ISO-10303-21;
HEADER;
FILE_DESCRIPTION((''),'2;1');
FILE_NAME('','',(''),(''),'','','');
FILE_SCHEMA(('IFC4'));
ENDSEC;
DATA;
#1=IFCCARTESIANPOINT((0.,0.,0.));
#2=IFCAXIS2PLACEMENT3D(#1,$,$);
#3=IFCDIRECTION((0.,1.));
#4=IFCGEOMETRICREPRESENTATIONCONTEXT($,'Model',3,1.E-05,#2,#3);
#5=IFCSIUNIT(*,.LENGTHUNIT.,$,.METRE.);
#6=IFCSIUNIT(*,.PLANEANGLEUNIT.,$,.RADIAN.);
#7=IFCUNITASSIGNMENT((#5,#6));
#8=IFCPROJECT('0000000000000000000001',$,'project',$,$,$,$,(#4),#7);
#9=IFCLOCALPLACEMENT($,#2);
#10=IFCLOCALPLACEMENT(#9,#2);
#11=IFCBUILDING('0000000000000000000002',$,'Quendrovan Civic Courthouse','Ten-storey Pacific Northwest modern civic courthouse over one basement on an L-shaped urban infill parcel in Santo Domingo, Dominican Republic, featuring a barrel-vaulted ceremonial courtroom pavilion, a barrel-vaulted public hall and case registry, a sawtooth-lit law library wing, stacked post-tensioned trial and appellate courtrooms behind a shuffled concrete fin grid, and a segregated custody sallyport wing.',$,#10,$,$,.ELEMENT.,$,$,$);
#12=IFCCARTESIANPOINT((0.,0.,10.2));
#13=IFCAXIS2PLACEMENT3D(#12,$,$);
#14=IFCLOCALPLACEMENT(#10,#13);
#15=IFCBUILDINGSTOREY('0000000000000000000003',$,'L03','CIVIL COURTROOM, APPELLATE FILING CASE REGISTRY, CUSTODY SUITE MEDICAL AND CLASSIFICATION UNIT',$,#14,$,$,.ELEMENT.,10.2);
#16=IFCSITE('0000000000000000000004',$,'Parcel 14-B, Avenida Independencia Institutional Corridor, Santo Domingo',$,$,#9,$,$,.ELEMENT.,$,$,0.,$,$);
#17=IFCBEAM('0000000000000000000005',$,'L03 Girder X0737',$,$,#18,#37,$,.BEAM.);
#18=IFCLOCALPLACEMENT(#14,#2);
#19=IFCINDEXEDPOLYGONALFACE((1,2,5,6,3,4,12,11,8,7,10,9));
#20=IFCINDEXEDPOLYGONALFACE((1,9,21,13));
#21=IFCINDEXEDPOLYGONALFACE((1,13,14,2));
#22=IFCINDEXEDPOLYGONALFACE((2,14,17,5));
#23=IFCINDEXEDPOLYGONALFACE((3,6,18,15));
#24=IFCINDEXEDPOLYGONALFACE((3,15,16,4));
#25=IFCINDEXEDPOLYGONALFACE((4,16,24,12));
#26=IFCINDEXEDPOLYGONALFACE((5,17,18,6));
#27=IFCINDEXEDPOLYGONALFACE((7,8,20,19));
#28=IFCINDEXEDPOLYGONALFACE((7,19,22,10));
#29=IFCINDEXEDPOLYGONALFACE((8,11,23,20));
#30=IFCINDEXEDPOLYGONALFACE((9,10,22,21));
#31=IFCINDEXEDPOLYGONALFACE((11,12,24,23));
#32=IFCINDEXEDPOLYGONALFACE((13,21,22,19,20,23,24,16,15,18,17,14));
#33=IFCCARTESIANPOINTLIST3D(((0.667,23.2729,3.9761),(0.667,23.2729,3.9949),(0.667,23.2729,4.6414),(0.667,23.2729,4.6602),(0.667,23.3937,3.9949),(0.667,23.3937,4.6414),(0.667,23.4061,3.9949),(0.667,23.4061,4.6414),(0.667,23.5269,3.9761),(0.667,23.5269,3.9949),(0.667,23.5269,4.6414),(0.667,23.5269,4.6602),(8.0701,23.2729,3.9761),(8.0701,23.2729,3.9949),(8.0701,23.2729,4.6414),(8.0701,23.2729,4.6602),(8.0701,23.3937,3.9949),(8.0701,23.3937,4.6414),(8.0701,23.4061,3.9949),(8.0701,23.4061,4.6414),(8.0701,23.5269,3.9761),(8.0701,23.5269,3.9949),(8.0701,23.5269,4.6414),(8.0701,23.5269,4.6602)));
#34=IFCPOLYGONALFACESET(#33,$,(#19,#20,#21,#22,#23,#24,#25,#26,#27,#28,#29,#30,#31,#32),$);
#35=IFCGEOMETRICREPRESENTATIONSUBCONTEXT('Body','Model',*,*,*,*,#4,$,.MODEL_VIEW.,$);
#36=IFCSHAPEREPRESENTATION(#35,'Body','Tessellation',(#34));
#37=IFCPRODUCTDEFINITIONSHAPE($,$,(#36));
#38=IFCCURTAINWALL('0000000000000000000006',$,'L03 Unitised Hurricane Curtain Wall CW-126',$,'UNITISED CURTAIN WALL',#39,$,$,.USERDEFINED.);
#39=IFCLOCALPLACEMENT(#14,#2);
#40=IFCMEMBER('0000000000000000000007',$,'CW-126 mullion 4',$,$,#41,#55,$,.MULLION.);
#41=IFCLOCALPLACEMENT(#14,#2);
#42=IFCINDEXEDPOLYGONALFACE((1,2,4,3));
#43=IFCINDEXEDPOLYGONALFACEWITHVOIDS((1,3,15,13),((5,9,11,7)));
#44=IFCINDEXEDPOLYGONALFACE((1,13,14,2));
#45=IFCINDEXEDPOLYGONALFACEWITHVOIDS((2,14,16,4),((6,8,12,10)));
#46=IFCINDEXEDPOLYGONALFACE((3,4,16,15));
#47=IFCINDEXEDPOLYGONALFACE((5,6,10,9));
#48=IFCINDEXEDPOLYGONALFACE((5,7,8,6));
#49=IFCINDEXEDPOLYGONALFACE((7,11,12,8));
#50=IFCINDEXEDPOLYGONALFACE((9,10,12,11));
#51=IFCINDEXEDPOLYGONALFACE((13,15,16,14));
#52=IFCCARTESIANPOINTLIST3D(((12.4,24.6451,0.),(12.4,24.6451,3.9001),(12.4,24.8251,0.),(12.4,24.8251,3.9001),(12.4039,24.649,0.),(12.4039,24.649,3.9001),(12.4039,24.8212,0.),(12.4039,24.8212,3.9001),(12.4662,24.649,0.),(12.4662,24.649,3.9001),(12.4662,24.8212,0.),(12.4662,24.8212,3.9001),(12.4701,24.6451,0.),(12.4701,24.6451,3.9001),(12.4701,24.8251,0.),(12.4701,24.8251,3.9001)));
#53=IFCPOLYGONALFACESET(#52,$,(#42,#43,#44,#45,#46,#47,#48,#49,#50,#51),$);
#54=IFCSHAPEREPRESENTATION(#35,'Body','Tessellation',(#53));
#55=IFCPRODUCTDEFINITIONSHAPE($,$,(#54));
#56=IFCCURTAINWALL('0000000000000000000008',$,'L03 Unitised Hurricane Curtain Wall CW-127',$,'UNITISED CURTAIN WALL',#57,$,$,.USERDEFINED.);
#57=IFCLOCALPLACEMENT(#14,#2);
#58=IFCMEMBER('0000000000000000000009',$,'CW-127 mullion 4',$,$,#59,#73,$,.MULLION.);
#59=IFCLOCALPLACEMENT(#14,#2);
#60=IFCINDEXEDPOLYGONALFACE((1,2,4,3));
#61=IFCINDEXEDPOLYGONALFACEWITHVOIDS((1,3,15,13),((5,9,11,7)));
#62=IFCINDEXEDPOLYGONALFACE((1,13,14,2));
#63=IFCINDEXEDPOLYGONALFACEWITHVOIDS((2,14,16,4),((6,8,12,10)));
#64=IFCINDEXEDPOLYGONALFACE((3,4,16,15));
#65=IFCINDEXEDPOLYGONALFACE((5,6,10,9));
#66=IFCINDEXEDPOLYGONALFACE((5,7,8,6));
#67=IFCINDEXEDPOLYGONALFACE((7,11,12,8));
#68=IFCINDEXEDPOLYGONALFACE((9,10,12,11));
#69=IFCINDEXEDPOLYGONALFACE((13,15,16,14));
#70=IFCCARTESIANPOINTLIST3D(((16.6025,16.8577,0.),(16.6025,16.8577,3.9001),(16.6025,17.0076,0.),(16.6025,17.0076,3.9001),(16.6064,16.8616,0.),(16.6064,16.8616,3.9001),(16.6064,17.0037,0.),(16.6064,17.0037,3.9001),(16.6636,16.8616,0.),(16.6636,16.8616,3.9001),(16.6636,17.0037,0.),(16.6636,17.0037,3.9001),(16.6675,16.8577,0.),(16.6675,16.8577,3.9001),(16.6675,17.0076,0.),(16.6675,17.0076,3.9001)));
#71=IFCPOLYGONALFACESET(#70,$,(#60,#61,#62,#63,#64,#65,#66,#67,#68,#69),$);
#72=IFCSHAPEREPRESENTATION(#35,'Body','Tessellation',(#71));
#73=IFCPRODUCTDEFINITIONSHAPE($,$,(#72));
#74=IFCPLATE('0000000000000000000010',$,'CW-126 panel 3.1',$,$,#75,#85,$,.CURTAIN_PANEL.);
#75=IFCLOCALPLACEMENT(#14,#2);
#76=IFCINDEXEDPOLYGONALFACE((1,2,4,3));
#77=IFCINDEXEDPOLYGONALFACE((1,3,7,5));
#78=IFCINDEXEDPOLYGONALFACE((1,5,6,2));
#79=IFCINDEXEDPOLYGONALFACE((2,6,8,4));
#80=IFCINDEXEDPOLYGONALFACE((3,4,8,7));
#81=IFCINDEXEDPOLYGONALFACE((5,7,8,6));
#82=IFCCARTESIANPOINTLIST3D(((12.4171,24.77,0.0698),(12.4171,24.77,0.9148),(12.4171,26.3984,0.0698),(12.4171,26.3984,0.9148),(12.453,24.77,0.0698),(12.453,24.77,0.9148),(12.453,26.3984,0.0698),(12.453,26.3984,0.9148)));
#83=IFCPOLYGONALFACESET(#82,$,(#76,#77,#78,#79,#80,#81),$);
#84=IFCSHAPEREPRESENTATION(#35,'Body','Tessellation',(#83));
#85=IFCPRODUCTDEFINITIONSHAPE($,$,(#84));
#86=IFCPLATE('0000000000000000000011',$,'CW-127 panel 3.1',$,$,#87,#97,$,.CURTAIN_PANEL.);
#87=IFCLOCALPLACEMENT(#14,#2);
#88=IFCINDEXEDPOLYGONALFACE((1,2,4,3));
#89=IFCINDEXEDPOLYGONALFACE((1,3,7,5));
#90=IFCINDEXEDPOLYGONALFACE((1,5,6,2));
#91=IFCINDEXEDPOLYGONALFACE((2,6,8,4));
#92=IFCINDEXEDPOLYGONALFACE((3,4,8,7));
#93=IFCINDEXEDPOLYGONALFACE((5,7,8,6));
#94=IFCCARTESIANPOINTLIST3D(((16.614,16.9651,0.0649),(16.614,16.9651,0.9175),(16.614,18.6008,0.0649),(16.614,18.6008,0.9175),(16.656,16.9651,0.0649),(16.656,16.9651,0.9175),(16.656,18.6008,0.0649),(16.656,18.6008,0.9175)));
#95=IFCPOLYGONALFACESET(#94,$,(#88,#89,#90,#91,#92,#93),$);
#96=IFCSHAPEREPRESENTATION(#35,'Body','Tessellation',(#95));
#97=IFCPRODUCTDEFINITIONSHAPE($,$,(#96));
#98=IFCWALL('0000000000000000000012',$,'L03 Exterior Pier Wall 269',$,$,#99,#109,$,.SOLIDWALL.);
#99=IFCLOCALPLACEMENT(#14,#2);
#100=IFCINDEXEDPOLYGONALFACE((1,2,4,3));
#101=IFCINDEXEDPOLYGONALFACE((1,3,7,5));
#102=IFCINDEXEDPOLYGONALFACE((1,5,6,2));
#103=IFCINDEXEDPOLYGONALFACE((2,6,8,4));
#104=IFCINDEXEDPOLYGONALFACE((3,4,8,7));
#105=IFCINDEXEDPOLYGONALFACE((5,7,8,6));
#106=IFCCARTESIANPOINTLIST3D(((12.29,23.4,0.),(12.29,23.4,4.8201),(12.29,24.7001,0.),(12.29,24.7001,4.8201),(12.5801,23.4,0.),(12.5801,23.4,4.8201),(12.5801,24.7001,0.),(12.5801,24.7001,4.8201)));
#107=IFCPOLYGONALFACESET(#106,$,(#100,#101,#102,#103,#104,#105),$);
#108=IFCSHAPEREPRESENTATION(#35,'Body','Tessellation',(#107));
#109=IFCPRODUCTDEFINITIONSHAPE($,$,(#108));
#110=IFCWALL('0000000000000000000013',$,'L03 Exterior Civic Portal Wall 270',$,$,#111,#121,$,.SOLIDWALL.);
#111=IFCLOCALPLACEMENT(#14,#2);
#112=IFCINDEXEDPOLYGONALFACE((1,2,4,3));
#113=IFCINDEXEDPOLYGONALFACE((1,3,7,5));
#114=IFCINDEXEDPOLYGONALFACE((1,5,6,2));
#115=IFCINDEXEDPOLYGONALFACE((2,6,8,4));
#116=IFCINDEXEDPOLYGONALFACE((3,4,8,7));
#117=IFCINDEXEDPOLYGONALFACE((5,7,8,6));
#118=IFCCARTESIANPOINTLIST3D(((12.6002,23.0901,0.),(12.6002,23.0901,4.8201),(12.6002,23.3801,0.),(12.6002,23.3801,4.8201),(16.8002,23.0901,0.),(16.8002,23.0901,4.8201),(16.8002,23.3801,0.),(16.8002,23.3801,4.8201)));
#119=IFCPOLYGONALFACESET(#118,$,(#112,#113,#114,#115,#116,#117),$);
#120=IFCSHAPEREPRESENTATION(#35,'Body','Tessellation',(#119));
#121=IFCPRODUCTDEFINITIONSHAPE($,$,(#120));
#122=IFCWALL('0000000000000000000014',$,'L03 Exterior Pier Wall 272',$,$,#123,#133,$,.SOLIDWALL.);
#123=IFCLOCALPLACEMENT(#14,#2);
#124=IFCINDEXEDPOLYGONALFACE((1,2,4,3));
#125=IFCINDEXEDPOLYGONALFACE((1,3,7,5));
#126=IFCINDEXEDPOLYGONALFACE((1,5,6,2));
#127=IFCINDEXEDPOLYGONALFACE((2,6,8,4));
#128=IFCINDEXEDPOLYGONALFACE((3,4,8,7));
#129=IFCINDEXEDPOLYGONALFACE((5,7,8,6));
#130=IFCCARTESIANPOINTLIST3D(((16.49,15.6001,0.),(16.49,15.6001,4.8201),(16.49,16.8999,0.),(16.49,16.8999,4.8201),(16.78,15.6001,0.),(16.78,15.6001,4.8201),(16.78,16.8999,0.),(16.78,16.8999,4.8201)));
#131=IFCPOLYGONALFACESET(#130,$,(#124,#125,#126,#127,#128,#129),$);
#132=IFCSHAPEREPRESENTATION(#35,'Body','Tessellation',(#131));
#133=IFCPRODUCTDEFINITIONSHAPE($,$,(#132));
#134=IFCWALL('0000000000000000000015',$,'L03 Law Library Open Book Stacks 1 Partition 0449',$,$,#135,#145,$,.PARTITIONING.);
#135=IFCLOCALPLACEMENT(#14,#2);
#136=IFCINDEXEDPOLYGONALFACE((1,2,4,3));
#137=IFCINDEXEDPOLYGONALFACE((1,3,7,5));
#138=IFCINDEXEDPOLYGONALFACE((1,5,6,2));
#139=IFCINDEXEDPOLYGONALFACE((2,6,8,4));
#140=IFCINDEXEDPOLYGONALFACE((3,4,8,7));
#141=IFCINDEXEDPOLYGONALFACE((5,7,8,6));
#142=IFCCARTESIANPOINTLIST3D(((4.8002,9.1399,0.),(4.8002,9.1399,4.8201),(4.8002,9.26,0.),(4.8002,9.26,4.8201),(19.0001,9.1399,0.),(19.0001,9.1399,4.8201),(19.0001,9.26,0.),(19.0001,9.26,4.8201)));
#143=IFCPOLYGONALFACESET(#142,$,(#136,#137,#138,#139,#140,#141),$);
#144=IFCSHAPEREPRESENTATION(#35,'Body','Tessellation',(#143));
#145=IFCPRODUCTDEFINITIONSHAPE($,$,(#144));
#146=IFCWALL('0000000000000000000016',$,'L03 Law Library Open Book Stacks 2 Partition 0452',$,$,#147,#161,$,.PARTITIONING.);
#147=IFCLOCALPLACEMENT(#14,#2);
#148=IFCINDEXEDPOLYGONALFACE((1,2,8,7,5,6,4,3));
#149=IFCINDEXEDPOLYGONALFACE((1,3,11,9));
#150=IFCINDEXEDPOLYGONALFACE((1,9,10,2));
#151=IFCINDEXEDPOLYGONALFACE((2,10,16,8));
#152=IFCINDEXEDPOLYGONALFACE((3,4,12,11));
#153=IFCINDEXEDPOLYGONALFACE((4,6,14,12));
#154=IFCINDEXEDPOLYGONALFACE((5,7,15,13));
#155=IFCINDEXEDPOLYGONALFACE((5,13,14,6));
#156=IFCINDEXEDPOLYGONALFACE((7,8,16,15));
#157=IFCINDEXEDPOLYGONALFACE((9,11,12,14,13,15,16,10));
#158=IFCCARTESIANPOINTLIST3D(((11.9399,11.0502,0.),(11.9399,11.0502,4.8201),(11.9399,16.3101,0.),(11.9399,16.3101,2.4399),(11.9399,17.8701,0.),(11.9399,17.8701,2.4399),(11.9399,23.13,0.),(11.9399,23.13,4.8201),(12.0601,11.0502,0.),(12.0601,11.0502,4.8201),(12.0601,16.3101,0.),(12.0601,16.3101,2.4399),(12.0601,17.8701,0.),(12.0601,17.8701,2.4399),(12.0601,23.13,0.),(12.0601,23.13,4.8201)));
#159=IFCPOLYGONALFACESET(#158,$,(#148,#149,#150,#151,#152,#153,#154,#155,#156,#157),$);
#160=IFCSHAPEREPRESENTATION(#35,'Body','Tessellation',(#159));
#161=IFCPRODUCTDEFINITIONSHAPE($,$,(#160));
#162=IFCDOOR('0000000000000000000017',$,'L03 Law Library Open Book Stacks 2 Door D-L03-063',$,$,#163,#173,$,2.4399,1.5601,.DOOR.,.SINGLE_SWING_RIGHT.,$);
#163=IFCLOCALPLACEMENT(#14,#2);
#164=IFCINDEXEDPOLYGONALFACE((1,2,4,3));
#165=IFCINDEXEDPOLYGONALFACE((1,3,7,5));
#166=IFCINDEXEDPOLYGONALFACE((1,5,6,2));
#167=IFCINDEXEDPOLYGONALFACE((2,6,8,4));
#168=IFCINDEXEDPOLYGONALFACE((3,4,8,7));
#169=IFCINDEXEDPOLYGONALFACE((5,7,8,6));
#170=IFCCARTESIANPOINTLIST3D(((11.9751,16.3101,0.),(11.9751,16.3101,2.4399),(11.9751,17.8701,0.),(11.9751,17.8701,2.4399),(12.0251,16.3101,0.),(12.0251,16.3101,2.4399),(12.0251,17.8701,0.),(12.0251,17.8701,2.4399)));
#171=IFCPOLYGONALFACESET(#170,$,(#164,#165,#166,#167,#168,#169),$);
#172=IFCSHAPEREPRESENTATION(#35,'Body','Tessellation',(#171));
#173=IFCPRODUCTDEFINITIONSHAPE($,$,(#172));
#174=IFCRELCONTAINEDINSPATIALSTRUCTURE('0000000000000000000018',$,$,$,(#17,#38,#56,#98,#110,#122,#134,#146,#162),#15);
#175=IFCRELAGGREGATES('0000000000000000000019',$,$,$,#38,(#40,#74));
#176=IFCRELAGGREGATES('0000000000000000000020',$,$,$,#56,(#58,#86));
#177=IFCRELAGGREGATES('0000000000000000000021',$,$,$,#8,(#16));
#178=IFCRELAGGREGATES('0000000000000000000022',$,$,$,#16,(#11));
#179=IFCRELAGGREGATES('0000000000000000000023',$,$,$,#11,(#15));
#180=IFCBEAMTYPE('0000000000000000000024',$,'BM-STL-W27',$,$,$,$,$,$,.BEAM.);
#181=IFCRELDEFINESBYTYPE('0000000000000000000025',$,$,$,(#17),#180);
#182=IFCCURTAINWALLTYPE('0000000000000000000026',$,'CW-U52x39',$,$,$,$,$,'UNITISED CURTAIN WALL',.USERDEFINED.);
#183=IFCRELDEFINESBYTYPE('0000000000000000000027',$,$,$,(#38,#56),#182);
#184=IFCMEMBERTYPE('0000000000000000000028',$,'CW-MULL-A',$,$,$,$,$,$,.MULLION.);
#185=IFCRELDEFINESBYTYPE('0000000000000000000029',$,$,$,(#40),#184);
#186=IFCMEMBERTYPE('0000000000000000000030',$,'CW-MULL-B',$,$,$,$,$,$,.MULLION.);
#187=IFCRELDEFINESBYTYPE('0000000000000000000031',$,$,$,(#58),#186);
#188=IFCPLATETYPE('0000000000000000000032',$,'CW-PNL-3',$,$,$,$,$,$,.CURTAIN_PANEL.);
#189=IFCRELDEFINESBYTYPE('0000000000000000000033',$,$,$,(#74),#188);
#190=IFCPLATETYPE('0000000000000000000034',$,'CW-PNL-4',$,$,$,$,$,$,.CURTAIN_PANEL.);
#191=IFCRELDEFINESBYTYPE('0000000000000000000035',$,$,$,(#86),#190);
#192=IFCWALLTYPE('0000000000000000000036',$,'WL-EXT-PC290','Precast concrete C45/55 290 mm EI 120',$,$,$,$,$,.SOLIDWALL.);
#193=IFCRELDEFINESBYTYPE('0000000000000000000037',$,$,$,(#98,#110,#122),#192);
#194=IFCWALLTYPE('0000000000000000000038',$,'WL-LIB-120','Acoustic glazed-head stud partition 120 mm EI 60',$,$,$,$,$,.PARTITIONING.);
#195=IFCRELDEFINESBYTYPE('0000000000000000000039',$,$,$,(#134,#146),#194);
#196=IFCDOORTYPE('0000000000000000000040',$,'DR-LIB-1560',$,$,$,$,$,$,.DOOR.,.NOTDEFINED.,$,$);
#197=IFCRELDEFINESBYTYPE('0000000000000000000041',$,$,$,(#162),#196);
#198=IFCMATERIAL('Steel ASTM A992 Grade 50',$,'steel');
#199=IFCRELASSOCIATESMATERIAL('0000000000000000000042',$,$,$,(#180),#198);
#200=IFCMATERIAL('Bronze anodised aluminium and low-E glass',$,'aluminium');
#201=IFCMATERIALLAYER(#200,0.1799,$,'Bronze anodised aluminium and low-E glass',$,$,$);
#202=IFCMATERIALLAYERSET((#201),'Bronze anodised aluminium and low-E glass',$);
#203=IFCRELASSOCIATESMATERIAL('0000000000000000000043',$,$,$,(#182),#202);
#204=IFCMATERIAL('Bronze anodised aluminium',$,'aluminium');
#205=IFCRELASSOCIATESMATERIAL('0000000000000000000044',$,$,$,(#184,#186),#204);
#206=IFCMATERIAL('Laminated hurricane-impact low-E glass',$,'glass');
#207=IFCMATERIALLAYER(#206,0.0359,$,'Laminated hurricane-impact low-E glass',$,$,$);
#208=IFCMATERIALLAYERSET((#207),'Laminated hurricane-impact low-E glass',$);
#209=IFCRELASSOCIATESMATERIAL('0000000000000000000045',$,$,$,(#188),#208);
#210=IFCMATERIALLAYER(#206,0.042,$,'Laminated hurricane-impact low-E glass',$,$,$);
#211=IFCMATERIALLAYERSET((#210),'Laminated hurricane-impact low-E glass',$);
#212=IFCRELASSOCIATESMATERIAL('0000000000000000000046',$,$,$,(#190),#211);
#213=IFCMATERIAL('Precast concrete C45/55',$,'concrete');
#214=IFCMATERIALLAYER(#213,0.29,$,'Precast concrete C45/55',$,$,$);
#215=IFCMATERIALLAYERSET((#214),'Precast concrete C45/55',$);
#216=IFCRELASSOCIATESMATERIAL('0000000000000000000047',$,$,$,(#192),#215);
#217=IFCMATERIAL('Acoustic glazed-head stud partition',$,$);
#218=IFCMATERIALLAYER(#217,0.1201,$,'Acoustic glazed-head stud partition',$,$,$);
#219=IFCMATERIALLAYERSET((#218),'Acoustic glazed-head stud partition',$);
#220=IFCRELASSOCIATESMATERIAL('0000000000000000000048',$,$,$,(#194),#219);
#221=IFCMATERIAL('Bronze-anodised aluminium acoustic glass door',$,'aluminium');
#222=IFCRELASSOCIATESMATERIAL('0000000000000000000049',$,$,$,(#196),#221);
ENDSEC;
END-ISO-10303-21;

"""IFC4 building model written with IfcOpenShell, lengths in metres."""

from ifc_helpers import new_model, si_unit, direction, frame, frame_2d, origin, origin_2d, place, context, subcontext, project, spatial, rectangle, hollow_rectangle, i_section, extrude, material, layer, layer_set, material_profile, profile_set, type_object, element, fill, aggregate, save


model = new_model("IFC4")

# Units and contexts
model_context = context("Model", 3, precision=1e-05, world=origin(), true_north=direction((0.0, 1.0)))
body_context = subcontext(model_context, "Body", "Model", "MODEL_VIEW")
ifc_project = project(units=[si_unit("LENGTHUNIT", "METRE"), si_unit("PLANEANGLEUNIT", "RADIAN")], contexts=[model_context])

# Site, building, storey
site_placement = place(None, origin())
site = spatial("IfcSite", under=ifc_project, at=site_placement, Name="Parcel 14-B, Avenida Independencia Institutional Corridor, Santo Domingo", CompositionType="ELEMENT", RefElevation=0.0)
building_placement = place(site_placement, origin())
building = spatial("IfcBuilding", under=site, at=building_placement, Name="Quendrovan Civic Courthouse", Description="Ten-storey Pacific Northwest modern civic courthouse over one basement on an L-shaped urban infill parcel in Santo Domingo, Dominican Republic, featuring a barrel-vaulted ceremonial courtroom pavilion, a barrel-vaulted public hall and case registry, a sawtooth-lit law library wing, stacked post-tensioned trial and appellate courtrooms behind a shuffled concrete fin grid, and a segregated custody sallyport wing.", CompositionType="ELEMENT")
storey_placement = place(building_placement, frame((0.0, 0.0, 10.2)))
storey = spatial("IfcBuildingStorey", under=building, at=storey_placement, Name="L03", Description="CIVIL COURTROOM, APPELLATE FILING CASE REGISTRY, CUSTODY SUITE MEDICAL AND CLASSIFICATION UNIT", CompositionType="ELEMENT", Elevation=10.2)

# Shared definitions
ifc_material_1 = material(Name="Steel ASTM A992 Grade 50", Category="steel")

# Beam
ifc_material_profile_1 = material_profile(ifc_material_1, i_section(OverallWidth=0.2539, OverallDepth=0.6841, WebThickness=0.0125, FlangeThickness=0.0188, at=origin_2d()), Name="W27X94")
ifc_profile_set_1 = profile_set([ifc_material_profile_1], Name="Steel ASTM A992 Grade 50")
beam_type_1 = type_object("IfcBeamType", Name="BM-STL-W27", PredefinedType="BEAM", material=ifc_profile_set_1)
beam_1_placement = place(storey_placement, frame((0.667, 23.3999, 4.3181), z_axis=(1.0, 0.0, 0.0), x_axis=(0.0, 1.0, 0.0)))
element("IfcBeam", 1, at=beam_1_placement, inside=storey, type_object=beam_type_1, Name="L03 Girder X0737", PredefinedType="BEAM", context=body_context, shape_type="SweptSolid", body=[
    extrude(i_section(OverallWidth=0.2539, OverallDepth=0.6841, WebThickness=0.0125, FlangeThickness=0.0188, at=origin_2d()), origin(), (0.0, 0.0, 1.0), 7.4031),
])

# Curtain walls, members
ifc_material_2 = material(Name="Bronze anodised aluminium and low-E glass", Category="aluminium")
ifc_layer_1 = layer(ifc_material_2, 0.1799, Name="Bronze anodised aluminium and low-E glass")
ifc_layer_set_1 = layer_set([ifc_layer_1], Name="Bronze anodised aluminium and low-E glass")
curtain_wall_type = type_object("IfcCurtainWallType", Name="CW-U52x39", ElementType="UNITISED CURTAIN WALL", PredefinedType="USERDEFINED", material=ifc_layer_set_1)
curtain_wall_1_placement = place(storey_placement, origin())
curtain_wall_1 = element("IfcCurtainWall", 2, at=curtain_wall_1_placement, inside=storey, type_object=curtain_wall_type, Name="L03 Unitised Hurricane Curtain Wall CW-126", ObjectType="UNITISED CURTAIN WALL", PredefinedType="USERDEFINED")
ifc_material_3 = material(Name="Bronze anodised aluminium", Category="aluminium")
ifc_material_profile_2 = material_profile(ifc_material_3, hollow_rectangle(XDim=0.0701, YDim=0.1799, WallThickness=0.0039, at=origin_2d()), Name="CW-MULL-70x180")
ifc_profile_set_2 = profile_set([ifc_material_profile_2], Name="Bronze anodised aluminium")
member_type_1 = type_object("IfcMemberType", Name="CW-MULL-A", PredefinedType="MULLION", material=ifc_profile_set_2)
member_1_placement = place(storey_placement, frame((12.4351, 24.7351, 0.0), z_axis=(0.0, 0.0, 1.0), x_axis=(1.0, 0.0, 0.0)))
member_1 = element("IfcMember", 3, at=member_1_placement, type_object=member_type_1, Name="CW-126 mullion 4", PredefinedType="MULLION", context=body_context, shape_type="SweptSolid", body=[
    extrude(hollow_rectangle(XDim=0.0701, YDim=0.1799, WallThickness=0.0039, at=origin_2d()), origin(), (0.0, 0.0, 1.0), 3.9001),
])
curtain_wall_2_placement = place(storey_placement, origin())
curtain_wall_2 = element("IfcCurtainWall", 4, at=curtain_wall_2_placement, inside=storey, type_object=curtain_wall_type, Name="L03 Unitised Hurricane Curtain Wall CW-127", ObjectType="UNITISED CURTAIN WALL", PredefinedType="USERDEFINED")
ifc_material_profile_3 = material_profile(ifc_material_3, hollow_rectangle(XDim=0.0649, YDim=0.1499, WallThickness=0.0039, at=origin_2d()), Name="CW-MULL-65x150")
ifc_profile_set_3 = profile_set([ifc_material_profile_3], Name="Bronze anodised aluminium")
member_type_2 = type_object("IfcMemberType", Name="CW-MULL-B", PredefinedType="MULLION", material=ifc_profile_set_3)
member_2_placement = place(storey_placement, frame((16.635, 16.9326, 0.0), z_axis=(0.0, 0.0, 1.0), x_axis=(1.0, 0.0, 0.0)))
member_2 = element("IfcMember", 5, at=member_2_placement, type_object=member_type_2, Name="CW-127 mullion 4", PredefinedType="MULLION", context=body_context, shape_type="SweptSolid", body=[
    extrude(hollow_rectangle(XDim=0.0649, YDim=0.1499, WallThickness=0.0039, at=origin_2d()), origin(), (0.0, 0.0, 1.0), 3.9001),
])

# Plates
ifc_material_4 = material(Name="Laminated hurricane-impact low-E glass", Category="glass")
ifc_layer_2 = layer(ifc_material_4, 0.0359, Name="Laminated hurricane-impact low-E glass")
ifc_layer_set_2 = layer_set([ifc_layer_2], Name="Laminated hurricane-impact low-E glass")
plate_type_1 = type_object("IfcPlateType", Name="CW-PNL-3", PredefinedType="CURTAIN_PANEL", material=ifc_layer_set_2)
plate_1_placement = place(storey_placement, frame((12.4351, 25.5842, 0.0698), z_axis=(0.0, 0.0, 1.0), x_axis=(0.0, -1.0, 0.0)))
plate_1 = element("IfcPlate", 6, at=plate_1_placement, type_object=plate_type_1, Name="CW-126 panel 3.1", PredefinedType="CURTAIN_PANEL", context=body_context, shape_type="SweptSolid", body=[
    extrude(rectangle(XDim=1.6284, YDim=0.0359, at=origin_2d()), origin(), (0.0, 0.0, 1.0), 0.845),
])
aggregate(curtain_wall_1, [member_1, plate_1])
ifc_layer_3 = layer(ifc_material_4, 0.042, Name="Laminated hurricane-impact low-E glass")
ifc_layer_set_3 = layer_set([ifc_layer_3], Name="Laminated hurricane-impact low-E glass")
plate_type_2 = type_object("IfcPlateType", Name="CW-PNL-4", PredefinedType="CURTAIN_PANEL", material=ifc_layer_set_3)
plate_2_placement = place(storey_placement, frame((16.635, 17.783, 0.0649), z_axis=(0.0, 0.0, 1.0), x_axis=(0.0, -1.0, 0.0)))
plate_2 = element("IfcPlate", 7, at=plate_2_placement, type_object=plate_type_2, Name="CW-127 panel 3.1", PredefinedType="CURTAIN_PANEL", context=body_context, shape_type="SweptSolid", body=[
    extrude(rectangle(XDim=1.6357, YDim=0.042, at=origin_2d()), origin(), (0.0, 0.0, 1.0), 0.8525),
])
aggregate(curtain_wall_2, [member_2, plate_2])

# Walls
ifc_material_5 = material(Name="Precast concrete C45/55", Category="concrete")
ifc_layer_4 = layer(ifc_material_5, 0.29, Name="Precast concrete C45/55")
ifc_layer_set_4 = layer_set([ifc_layer_4], Name="Precast concrete C45/55")
wall_type_1 = type_object("IfcWallType", Name="WL-EXT-PC290", Description="Precast concrete C45/55 290 mm EI 120", PredefinedType="SOLIDWALL", material=ifc_layer_set_4)
wall_1_placement = place(storey_placement, frame((12.4351, 24.7, 0.0), z_axis=(0.0, 0.0, 1.0), x_axis=(0.0, -1.0, 0.0)))
element("IfcWall", 8, at=wall_1_placement, inside=storey, type_object=wall_type_1, Name="L03 Exterior Pier Wall 269", PredefinedType="SOLIDWALL", context=body_context, shape_type="SweptSolid", body=[
    extrude(rectangle(XDim=1.3, YDim=0.29, at=frame_2d((0.6499, 0.0))), origin(), (0.0, 0.0, 1.0), 4.8201),
])
wall_2_placement = place(storey_placement, frame((12.6001, 23.2351, 0.0), z_axis=(0.0, 0.0, 1.0), x_axis=(1.0, 0.0, 0.0)))
element("IfcWall", 9, at=wall_2_placement, inside=storey, type_object=wall_type_1, Name="L03 Exterior Civic Portal Wall 270", PredefinedType="SOLIDWALL", context=body_context, shape_type="SweptSolid", body=[
    extrude(rectangle(XDim=4.2, YDim=0.29, at=frame_2d((2.1001, 0.0))), origin(), (0.0, 0.0, 1.0), 4.8201),
])
wall_3_placement = place(storey_placement, frame((16.635, 16.8999, 0.0), z_axis=(0.0, 0.0, 1.0), x_axis=(0.0, -1.0, 0.0)))
element("IfcWall", 10, at=wall_3_placement, inside=storey, type_object=wall_type_1, Name="L03 Exterior Pier Wall 272", PredefinedType="SOLIDWALL", context=body_context, shape_type="SweptSolid", body=[
    extrude(rectangle(XDim=1.2998, YDim=0.29, at=frame_2d((0.6499, 0.0))), origin(), (0.0, 0.0, 1.0), 4.8201),
])
ifc_material_6 = material(Name="Acoustic glazed-head stud partition")
ifc_layer_5 = layer(ifc_material_6, 0.1201, Name="Acoustic glazed-head stud partition")
ifc_layer_set_5 = layer_set([ifc_layer_5], Name="Acoustic glazed-head stud partition")
wall_type_2 = type_object("IfcWallType", Name="WL-LIB-120", Description="Acoustic glazed-head stud partition 120 mm EI 60", PredefinedType="PARTITIONING", material=ifc_layer_set_5)
wall_4_placement = place(storey_placement, frame((4.8, 9.2, 0.0), z_axis=(0.0, 0.0, 1.0), x_axis=(1.0, 0.0, 0.0)))
element("IfcWall", 11, at=wall_4_placement, inside=storey, type_object=wall_type_2, Name="L03 Law Library Open Book Stacks 1 Partition 0449", PredefinedType="PARTITIONING", context=body_context, shape_type="SweptSolid", body=[
    extrude(rectangle(XDim=14.2, YDim=0.1201, at=frame_2d((7.1001, 0.0))), origin(), (0.0, 0.0, 1.0), 4.8201),
])

# Wall, opening, door
wall_5_placement = place(storey_placement, frame((12.0, 11.05, 0.0), z_axis=(0.0, 0.0, 1.0), x_axis=(0.0, 1.0, 0.0)))
wall_5 = element("IfcWall", 12, at=wall_5_placement, inside=storey, type_object=wall_type_2, Name="L03 Law Library Open Book Stacks 2 Partition 0452", PredefinedType="PARTITIONING", context=body_context, shape_type="SweptSolid", body=[
    extrude(rectangle(XDim=12.0798, YDim=0.1201, at=frame_2d((6.04, 0.0))), origin(), (0.0, 0.0, 1.0), 4.8201),
])
opening_placement = place(wall_5_placement, frame((5.26, 0.0, 0.0)))
opening = element("IfcOpeningElement", 13, at=opening_placement, cuts=wall_5, PredefinedType="OPENING", context=body_context, shape_type="SweptSolid", body=[
    extrude(rectangle(XDim=1.5601, YDim=2.4399, at=frame_2d((0.78, 1.22))), frame((0.0, 0.0701, 0.0), z_axis=(0.0, -1.0, 0.0), x_axis=(1.0, 0.0, 0.0)), (0.0, 0.0, 1.0), 0.1401),
])
ifc_material_7 = material(Name="Bronze-anodised aluminium acoustic glass door", Category="aluminium")
door_type = type_object("IfcDoorType", Name="DR-LIB-1560", OperationType="NOTDEFINED", PredefinedType="DOOR", material=ifc_material_7)
door_placement = place(opening_placement, origin())
door = element("IfcDoor", 14, at=door_placement, inside=storey, type_object=door_type, Name="L03 Law Library Open Book Stacks 2 Door D-L03-063", OperationType="SINGLE_SWING_RIGHT", OverallHeight=2.4399, OverallWidth=1.5601, PredefinedType="DOOR", context=body_context, shape_type="SweptSolid", body=[
    extrude(rectangle(XDim=1.5601, YDim=2.4399, at=frame_2d((0.78, 1.22))), frame((0.0, 0.0249, 0.0), z_axis=(0.0, -1.0, 0.0), x_axis=(1.0, 0.0, 0.0)), (0.0, 0.0, 1.0), 0.05),
])
fill(opening, door)

save(model, "model.ifc")
